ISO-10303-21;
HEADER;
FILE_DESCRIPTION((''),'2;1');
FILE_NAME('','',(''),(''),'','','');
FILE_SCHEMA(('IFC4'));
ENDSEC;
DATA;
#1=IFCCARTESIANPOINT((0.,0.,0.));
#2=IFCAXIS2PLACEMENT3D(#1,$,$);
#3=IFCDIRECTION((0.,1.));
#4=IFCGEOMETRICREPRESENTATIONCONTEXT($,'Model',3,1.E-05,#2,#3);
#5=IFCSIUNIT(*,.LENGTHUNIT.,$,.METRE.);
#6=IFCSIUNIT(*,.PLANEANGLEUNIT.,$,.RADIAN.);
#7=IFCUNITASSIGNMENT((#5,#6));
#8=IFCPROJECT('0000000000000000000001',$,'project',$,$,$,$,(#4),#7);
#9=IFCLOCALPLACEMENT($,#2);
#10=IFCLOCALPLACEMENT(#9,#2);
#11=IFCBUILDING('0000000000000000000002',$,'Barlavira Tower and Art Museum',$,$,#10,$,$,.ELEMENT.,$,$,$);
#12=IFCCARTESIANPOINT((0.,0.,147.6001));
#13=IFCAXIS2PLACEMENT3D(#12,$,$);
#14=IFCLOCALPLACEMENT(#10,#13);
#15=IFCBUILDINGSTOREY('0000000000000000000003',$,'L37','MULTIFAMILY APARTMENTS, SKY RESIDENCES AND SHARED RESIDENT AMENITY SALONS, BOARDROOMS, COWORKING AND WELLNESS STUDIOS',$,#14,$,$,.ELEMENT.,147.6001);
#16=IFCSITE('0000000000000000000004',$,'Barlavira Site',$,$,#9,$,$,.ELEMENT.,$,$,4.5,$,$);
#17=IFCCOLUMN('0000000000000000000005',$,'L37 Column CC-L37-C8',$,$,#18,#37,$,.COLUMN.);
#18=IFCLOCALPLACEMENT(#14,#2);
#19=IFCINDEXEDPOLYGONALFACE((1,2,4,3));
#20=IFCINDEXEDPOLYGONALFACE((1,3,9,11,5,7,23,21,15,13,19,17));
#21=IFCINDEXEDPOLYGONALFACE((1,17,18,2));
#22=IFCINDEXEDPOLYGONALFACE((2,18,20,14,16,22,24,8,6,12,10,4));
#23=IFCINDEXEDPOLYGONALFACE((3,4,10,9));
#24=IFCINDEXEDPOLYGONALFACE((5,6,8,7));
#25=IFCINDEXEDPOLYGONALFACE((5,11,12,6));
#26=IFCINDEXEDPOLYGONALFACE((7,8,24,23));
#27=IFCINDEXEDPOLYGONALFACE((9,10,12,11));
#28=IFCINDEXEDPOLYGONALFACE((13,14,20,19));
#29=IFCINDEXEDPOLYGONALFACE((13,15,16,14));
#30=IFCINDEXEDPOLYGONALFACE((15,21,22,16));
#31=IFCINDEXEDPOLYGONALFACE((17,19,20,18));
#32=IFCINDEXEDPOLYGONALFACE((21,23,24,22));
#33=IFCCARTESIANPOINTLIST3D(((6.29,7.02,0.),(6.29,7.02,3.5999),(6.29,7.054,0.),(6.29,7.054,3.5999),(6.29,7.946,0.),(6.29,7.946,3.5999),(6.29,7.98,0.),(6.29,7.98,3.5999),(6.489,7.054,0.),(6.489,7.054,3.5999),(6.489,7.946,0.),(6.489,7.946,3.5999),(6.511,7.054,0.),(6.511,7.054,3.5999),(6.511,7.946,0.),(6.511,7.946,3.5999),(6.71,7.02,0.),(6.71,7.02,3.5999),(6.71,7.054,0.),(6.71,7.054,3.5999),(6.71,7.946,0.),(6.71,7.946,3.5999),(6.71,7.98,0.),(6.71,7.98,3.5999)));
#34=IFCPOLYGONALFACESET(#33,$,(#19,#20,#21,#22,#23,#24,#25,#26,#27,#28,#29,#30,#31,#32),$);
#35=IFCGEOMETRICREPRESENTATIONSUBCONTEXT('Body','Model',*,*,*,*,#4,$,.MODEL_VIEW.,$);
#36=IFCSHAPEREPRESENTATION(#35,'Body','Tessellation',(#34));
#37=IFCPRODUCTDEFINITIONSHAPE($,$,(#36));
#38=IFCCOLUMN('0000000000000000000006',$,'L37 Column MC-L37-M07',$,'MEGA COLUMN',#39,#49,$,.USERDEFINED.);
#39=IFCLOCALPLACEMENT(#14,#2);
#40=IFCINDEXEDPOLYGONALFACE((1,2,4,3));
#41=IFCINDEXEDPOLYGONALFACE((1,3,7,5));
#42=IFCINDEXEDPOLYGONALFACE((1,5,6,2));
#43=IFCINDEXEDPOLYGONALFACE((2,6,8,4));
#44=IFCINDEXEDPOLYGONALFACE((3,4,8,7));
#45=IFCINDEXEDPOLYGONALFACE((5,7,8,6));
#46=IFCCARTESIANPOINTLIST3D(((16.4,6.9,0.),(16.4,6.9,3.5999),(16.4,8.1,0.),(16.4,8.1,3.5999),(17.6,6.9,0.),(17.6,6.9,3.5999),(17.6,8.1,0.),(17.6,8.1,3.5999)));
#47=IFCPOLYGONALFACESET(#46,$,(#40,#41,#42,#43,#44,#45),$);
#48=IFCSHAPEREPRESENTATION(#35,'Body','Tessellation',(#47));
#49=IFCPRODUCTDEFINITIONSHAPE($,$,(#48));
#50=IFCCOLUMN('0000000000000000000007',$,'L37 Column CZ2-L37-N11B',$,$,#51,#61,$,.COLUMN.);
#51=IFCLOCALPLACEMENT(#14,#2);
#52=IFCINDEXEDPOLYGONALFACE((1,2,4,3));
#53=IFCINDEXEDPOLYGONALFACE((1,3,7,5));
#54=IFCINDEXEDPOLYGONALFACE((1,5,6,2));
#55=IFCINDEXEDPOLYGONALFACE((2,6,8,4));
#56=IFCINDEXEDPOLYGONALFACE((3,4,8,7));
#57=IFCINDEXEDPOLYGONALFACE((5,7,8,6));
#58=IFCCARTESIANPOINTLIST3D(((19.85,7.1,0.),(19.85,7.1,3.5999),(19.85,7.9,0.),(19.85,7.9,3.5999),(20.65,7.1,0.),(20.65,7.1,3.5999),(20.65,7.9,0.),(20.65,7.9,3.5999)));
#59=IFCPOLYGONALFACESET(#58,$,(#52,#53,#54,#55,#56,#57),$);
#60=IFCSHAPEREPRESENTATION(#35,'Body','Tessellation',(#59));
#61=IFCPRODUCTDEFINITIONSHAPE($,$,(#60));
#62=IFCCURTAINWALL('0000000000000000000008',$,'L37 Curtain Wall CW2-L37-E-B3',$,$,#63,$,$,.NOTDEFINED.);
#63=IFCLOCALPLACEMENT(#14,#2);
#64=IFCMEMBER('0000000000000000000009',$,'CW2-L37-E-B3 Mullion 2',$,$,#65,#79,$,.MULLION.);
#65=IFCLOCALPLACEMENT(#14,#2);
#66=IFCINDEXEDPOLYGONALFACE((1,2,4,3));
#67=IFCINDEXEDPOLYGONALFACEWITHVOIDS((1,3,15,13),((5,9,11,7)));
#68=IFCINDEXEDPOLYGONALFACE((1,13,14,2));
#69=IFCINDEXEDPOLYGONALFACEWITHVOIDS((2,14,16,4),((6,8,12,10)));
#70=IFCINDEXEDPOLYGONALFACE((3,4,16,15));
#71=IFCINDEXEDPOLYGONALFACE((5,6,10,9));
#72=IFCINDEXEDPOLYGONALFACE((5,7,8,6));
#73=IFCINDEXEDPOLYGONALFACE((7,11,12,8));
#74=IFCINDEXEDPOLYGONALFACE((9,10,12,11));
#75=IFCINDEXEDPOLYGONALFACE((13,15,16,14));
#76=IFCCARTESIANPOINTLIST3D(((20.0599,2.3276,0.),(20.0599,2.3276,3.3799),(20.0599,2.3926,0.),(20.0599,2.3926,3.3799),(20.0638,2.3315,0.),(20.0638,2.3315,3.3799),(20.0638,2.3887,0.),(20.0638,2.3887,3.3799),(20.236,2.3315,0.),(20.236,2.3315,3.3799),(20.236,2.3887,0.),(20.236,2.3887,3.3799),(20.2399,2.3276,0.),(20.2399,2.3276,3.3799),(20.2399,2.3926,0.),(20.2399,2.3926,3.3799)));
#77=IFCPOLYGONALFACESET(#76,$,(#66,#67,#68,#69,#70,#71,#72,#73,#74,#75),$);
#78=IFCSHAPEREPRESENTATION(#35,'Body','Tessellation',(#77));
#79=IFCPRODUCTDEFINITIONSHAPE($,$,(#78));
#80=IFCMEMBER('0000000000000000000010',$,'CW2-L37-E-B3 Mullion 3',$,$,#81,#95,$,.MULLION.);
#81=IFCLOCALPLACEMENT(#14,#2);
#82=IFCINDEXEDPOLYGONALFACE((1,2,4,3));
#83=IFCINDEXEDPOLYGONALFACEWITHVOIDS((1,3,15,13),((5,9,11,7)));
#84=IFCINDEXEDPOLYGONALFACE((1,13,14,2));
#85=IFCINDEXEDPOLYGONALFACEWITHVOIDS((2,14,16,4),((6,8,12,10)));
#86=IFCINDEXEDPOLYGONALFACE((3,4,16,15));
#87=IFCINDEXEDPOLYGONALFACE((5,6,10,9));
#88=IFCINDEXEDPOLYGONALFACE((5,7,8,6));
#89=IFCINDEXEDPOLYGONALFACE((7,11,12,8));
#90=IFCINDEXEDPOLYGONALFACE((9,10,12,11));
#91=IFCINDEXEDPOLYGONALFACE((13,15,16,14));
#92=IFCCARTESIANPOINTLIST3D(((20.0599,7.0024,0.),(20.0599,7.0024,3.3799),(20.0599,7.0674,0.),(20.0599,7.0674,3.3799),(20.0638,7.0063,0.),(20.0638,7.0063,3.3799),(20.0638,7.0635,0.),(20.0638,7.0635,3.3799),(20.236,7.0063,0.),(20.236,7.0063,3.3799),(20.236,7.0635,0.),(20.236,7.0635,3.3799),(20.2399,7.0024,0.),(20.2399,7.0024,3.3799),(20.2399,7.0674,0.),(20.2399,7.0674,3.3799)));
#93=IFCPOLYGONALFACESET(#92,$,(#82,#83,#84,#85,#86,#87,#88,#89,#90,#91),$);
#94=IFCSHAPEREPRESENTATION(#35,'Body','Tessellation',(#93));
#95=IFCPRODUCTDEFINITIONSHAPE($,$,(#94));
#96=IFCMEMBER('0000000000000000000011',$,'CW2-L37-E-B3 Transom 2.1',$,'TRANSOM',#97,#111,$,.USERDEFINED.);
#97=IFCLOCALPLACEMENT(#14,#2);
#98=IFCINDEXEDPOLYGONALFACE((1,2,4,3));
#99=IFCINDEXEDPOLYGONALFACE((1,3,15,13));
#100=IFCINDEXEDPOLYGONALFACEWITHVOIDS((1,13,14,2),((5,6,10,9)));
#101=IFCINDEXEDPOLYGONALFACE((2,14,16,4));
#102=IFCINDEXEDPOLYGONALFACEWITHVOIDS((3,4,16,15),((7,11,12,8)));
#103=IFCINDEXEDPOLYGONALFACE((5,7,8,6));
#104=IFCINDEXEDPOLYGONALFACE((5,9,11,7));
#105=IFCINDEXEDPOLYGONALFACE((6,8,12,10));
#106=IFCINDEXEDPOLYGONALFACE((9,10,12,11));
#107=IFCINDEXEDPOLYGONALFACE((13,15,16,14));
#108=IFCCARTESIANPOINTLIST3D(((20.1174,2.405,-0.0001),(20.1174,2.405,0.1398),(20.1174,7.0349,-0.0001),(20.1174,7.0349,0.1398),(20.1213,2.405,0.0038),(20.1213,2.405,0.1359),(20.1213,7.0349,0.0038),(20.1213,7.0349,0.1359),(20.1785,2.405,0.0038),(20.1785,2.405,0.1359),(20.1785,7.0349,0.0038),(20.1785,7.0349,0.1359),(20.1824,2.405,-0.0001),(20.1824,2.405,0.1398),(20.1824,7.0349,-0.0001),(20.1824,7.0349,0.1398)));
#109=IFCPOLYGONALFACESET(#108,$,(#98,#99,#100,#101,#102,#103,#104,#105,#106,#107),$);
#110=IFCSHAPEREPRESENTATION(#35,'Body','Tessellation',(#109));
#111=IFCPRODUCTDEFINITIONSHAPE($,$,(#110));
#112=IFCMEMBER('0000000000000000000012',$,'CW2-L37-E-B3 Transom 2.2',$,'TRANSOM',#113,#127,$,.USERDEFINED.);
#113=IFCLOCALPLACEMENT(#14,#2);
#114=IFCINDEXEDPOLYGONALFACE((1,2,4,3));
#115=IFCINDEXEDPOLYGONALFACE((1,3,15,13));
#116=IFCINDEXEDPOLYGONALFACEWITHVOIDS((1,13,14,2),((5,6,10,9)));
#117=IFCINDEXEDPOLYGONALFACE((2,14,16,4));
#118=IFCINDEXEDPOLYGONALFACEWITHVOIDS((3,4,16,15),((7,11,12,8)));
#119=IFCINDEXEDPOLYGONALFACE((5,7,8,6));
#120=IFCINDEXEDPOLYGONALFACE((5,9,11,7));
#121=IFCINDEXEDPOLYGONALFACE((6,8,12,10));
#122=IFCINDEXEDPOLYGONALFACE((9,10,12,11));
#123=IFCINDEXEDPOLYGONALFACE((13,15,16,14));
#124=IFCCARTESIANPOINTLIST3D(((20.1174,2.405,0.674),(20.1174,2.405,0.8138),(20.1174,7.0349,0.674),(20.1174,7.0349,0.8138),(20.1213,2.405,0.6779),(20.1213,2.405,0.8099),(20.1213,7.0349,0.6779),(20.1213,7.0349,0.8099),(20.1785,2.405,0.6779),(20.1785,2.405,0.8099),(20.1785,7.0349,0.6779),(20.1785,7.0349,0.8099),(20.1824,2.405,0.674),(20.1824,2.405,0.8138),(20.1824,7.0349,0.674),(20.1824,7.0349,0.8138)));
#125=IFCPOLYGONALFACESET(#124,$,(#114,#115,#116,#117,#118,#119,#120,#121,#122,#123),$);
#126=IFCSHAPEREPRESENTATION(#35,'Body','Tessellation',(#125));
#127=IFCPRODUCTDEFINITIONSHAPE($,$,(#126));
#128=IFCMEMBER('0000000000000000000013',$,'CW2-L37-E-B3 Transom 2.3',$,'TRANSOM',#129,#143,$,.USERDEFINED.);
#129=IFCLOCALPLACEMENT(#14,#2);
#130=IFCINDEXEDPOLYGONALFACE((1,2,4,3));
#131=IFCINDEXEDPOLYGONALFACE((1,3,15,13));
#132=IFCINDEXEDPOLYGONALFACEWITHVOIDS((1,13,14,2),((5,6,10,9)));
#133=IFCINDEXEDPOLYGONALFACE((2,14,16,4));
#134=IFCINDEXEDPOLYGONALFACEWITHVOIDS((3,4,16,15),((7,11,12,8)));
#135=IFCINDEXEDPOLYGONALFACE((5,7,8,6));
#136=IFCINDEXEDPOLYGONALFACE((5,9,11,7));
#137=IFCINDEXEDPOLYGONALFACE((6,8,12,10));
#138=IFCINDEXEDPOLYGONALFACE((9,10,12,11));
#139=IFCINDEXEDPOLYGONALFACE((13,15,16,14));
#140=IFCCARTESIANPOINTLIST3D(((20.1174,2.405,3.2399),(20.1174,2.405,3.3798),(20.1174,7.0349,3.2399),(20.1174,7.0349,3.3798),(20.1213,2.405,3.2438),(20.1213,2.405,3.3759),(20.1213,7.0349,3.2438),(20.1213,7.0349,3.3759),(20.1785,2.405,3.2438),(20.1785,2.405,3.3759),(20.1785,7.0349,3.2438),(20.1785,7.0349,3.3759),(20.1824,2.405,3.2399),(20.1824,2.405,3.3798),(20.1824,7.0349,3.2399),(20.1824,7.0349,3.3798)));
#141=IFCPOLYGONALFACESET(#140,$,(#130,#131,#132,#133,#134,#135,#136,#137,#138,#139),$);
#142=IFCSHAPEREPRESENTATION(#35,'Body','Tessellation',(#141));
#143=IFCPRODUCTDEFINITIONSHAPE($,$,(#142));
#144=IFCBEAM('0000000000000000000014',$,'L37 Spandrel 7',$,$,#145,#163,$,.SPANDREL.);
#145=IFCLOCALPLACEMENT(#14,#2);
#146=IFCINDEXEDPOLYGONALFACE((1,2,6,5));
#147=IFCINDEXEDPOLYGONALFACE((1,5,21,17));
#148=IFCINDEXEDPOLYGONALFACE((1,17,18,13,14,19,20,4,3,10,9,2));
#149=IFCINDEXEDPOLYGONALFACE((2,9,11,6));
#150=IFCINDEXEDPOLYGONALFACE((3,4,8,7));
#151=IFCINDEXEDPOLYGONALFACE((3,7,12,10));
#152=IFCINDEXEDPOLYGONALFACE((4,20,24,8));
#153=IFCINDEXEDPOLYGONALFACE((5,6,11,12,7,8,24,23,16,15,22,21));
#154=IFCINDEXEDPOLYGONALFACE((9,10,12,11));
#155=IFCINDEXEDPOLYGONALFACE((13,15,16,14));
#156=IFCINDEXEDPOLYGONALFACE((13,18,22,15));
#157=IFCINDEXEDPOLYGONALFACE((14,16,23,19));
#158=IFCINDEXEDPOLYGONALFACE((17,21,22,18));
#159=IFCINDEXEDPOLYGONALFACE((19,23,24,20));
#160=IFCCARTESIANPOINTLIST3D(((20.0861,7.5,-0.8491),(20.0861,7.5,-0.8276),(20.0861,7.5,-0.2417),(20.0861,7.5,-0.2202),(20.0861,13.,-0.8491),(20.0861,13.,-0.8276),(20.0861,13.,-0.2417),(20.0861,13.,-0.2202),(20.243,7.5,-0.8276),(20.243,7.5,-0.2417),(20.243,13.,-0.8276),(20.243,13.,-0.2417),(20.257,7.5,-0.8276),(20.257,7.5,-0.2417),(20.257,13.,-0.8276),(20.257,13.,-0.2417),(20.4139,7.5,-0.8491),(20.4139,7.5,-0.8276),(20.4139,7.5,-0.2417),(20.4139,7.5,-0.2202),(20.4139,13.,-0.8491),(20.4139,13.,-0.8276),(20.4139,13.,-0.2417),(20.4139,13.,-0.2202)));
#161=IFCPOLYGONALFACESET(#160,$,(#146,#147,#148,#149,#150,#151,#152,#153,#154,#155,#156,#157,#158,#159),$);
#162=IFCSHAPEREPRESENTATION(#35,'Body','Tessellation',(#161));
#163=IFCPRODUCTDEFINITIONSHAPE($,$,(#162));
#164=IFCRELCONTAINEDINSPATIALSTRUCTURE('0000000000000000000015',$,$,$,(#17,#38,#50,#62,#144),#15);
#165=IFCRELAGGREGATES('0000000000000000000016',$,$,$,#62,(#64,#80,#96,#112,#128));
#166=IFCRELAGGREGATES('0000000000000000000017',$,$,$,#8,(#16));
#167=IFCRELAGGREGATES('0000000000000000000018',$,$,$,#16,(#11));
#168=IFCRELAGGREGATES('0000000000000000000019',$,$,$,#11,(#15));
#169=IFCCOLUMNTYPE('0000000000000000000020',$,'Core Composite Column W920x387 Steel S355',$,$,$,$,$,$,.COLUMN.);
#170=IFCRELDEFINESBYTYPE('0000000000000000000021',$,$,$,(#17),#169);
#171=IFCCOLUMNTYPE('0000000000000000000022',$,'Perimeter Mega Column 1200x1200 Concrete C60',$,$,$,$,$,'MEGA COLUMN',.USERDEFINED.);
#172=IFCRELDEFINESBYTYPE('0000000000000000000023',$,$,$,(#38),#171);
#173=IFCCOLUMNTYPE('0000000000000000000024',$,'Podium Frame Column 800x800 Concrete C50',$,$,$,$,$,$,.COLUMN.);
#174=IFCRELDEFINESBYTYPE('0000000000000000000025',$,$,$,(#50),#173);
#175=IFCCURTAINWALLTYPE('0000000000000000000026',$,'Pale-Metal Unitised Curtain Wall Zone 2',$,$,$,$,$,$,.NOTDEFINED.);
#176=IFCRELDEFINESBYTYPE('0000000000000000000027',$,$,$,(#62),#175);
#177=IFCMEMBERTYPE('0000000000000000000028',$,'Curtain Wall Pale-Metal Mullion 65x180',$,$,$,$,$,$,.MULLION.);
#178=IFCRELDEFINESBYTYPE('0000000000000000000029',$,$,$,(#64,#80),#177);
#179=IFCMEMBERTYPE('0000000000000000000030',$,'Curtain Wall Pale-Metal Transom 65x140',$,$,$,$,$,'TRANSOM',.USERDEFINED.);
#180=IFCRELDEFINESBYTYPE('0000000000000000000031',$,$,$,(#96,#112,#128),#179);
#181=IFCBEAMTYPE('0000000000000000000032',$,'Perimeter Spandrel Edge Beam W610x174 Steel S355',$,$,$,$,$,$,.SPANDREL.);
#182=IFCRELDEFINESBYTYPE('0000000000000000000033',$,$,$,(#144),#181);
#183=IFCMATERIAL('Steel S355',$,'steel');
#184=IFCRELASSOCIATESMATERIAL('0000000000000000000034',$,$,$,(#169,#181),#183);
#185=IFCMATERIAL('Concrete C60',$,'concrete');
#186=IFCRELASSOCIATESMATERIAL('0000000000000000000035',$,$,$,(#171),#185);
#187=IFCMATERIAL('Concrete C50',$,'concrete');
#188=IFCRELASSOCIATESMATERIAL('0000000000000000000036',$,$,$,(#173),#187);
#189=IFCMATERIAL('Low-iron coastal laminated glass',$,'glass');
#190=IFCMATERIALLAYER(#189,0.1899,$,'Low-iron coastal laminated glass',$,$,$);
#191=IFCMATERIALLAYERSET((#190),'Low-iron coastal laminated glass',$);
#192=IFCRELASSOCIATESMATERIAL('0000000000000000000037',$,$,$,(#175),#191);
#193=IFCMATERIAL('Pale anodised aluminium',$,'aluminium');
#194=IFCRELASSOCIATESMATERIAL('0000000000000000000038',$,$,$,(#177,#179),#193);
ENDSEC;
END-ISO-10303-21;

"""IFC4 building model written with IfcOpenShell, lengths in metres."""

from ifc_helpers import new_model, si_unit, direction, frame, origin, origin_2d, place, context, subcontext, project, spatial, rectangle, hollow_rectangle, i_section, extrude, material, layer, layer_set, material_profile, profile_set, type_object, element, aggregate, save


model = new_model("IFC4")

# Units and contexts
model_context = context("Model", 3, precision=1e-05, world=origin(), true_north=direction((0.0, 1.0)))
body_context = subcontext(model_context, "Body", "Model", "MODEL_VIEW")
ifc_project = project(units=[si_unit("LENGTHUNIT", "METRE"), si_unit("PLANEANGLEUNIT", "RADIAN")], contexts=[model_context])

# Site, building, storey
site_placement = place(None, origin())
site = spatial("IfcSite", under=ifc_project, at=site_placement, Name="Barlavira Site", CompositionType="ELEMENT", RefElevation=4.5)
building_placement = place(site_placement, origin())
building = spatial("IfcBuilding", under=site, at=building_placement, Name="Barlavira Tower and Art Museum", CompositionType="ELEMENT")
storey_placement = place(building_placement, frame((0.0, 0.0, 147.6001)))
storey = spatial("IfcBuildingStorey", under=building, at=storey_placement, Name="L37", Description="MULTIFAMILY APARTMENTS, SKY RESIDENCES AND SHARED RESIDENT AMENITY SALONS, BOARDROOMS, COWORKING AND WELLNESS STUDIOS", CompositionType="ELEMENT", Elevation=147.6001)

# Columns
ifc_material_1 = material(Name="Steel S355", Category="steel")
ifc_material_profile_1 = material_profile(ifc_material_1, i_section(OverallWidth=0.4199, OverallDepth=0.96, WebThickness=0.022, FlangeThickness=0.0339, at=origin_2d()), Name="W920x387.0")
ifc_profile_set_1 = profile_set([ifc_material_profile_1], Name="Steel S355")
column_type_1 = type_object("IfcColumnType", Name="Core Composite Column W920x387 Steel S355", PredefinedType="COLUMN", material=ifc_profile_set_1)
column_1_placement = place(storey_placement, frame((6.5, 7.5, 0.0), z_axis=(0.0, 0.0, 1.0), x_axis=(1.0, 0.0, 0.0)))
element("IfcColumn", 1, at=column_1_placement, inside=storey, type_object=column_type_1, Name="L37 Column CC-L37-C8", PredefinedType="COLUMN", context=body_context, shape_type="SweptSolid", body=[
    extrude(i_section(OverallWidth=0.4199, OverallDepth=0.96, WebThickness=0.022, FlangeThickness=0.0339, at=origin_2d()), origin(), (0.0, 0.0, 1.0), 3.5999),
])
ifc_material_2 = material(Name="Concrete C60", Category="concrete")
ifc_material_profile_2 = material_profile(ifc_material_2, rectangle(XDim=1.2, YDim=1.2, at=origin_2d()), Name="RC-COL 1200x1200")
ifc_profile_set_2 = profile_set([ifc_material_profile_2], Name="Concrete C60")
column_type_2 = type_object("IfcColumnType", Name="Perimeter Mega Column 1200x1200 Concrete C60", ElementType="MEGA COLUMN", PredefinedType="USERDEFINED", material=ifc_profile_set_2)
column_2_placement = place(storey_placement, frame((17.0, 7.5, 0.0), z_axis=(0.0, 0.0, 1.0), x_axis=(1.0, 0.0, 0.0)))
element("IfcColumn", 2, at=column_2_placement, inside=storey, type_object=column_type_2, Name="L37 Column MC-L37-M07", ObjectType="MEGA COLUMN", PredefinedType="USERDEFINED", context=body_context, shape_type="SweptSolid", body=[
    extrude(rectangle(XDim=1.2, YDim=1.2, at=origin_2d()), origin(), (0.0, 0.0, 1.0), 3.5999),
])
ifc_material_3 = material(Name="Concrete C50", Category="concrete")
ifc_material_profile_3 = material_profile(ifc_material_3, rectangle(XDim=0.8, YDim=0.8, at=origin_2d()), Name="RC-COL 800x800")
ifc_profile_set_3 = profile_set([ifc_material_profile_3], Name="Concrete C50")
column_type_3 = type_object("IfcColumnType", Name="Podium Frame Column 800x800 Concrete C50", PredefinedType="COLUMN", material=ifc_profile_set_3)
column_3_placement = place(storey_placement, frame((20.25, 7.5, 0.0), z_axis=(0.0, 0.0, 1.0), x_axis=(1.0, 0.0, 0.0)))
element("IfcColumn", 3, at=column_3_placement, inside=storey, type_object=column_type_3, Name="L37 Column CZ2-L37-N11B", PredefinedType="COLUMN", context=body_context, shape_type="SweptSolid", body=[
    extrude(rectangle(XDim=0.8, YDim=0.8, at=origin_2d()), origin(), (0.0, 0.0, 1.0), 3.5999),
])

# Curtain wall, members
ifc_material_4 = material(Name="Low-iron coastal laminated glass", Category="glass")
ifc_layer_1 = layer(ifc_material_4, 0.1899, Name="Low-iron coastal laminated glass")
ifc_layer_set_1 = layer_set([ifc_layer_1], Name="Low-iron coastal laminated glass")
curtain_wall_type = type_object("IfcCurtainWallType", Name="Pale-Metal Unitised Curtain Wall Zone 2", PredefinedType="NOTDEFINED", material=ifc_layer_set_1)
curtain_wall_placement = place(storey_placement, origin())
curtain_wall = element("IfcCurtainWall", 4, at=curtain_wall_placement, inside=storey, type_object=curtain_wall_type, Name="L37 Curtain Wall CW2-L37-E-B3", PredefinedType="NOTDEFINED")
ifc_material_5 = material(Name="Pale anodised aluminium", Category="aluminium")
ifc_material_profile_4 = material_profile(ifc_material_5, hollow_rectangle(XDim=0.0649, YDim=0.1799, WallThickness=0.0039, at=origin_2d()), Name="ALU-MULL 65x180x4")
ifc_profile_set_4 = profile_set([ifc_material_profile_4], Name="Pale anodised aluminium")
member_type_1 = type_object("IfcMemberType", Name="Curtain Wall Pale-Metal Mullion 65x180", PredefinedType="MULLION", material=ifc_profile_set_4)
member_1_placement = place(storey_placement, frame((20.1499, 2.3601, 0.0), z_axis=(0.0, 0.0, 1.0), x_axis=(0.0, 1.0, 0.0)))
member_1 = element("IfcMember", 5, at=member_1_placement, type_object=member_type_1, Name="CW2-L37-E-B3 Mullion 2", PredefinedType="MULLION", context=body_context, shape_type="SweptSolid", body=[
    extrude(hollow_rectangle(XDim=0.0649, YDim=0.1799, WallThickness=0.0039, at=origin_2d()), origin(), (0.0, 0.0, 1.0), 3.3799),
])
member_2_placement = place(storey_placement, frame((20.1499, 7.0349, 0.0), z_axis=(0.0, 0.0, 1.0), x_axis=(0.0, 1.0, 0.0)))
member_2 = element("IfcMember", 6, at=member_2_placement, type_object=member_type_1, Name="CW2-L37-E-B3 Mullion 3", PredefinedType="MULLION", context=body_context, shape_type="SweptSolid", body=[
    extrude(hollow_rectangle(XDim=0.0649, YDim=0.1799, WallThickness=0.0039, at=origin_2d()), origin(), (0.0, 0.0, 1.0), 3.3799),
])
ifc_material_profile_5 = material_profile(ifc_material_5, hollow_rectangle(XDim=0.0649, YDim=0.1399, WallThickness=0.0039, at=origin_2d()), Name="ALU-TRAN 65x140x4")
ifc_profile_set_5 = profile_set([ifc_material_profile_5], Name="Pale anodised aluminium")
member_type_2 = type_object("IfcMemberType", Name="Curtain Wall Pale-Metal Transom 65x140", ElementType="TRANSOM", PredefinedType="USERDEFINED", material=ifc_profile_set_5)
member_3_placement = place(storey_placement, frame((20.1499, 2.405, 0.0698), z_axis=(0.0, 1.0, 0.0), x_axis=(-1.0, 0.0, 0.0)))
member_3 = element("IfcMember", 7, at=member_3_placement, type_object=member_type_2, Name="CW2-L37-E-B3 Transom 2.1", ObjectType="TRANSOM", PredefinedType="USERDEFINED", context=body_context, shape_type="SweptSolid", body=[
    extrude(hollow_rectangle(XDim=0.0649, YDim=0.1399, WallThickness=0.0039, at=origin_2d()), origin(), (0.0, 0.0, 1.0), 4.6299),
])
member_4_placement = place(storey_placement, frame((20.1499, 2.405, 0.7439), z_axis=(0.0, 1.0, 0.0), x_axis=(-1.0, 0.0, 0.0)))
member_4 = element("IfcMember", 8, at=member_4_placement, type_object=member_type_2, Name="CW2-L37-E-B3 Transom 2.2", ObjectType="TRANSOM", PredefinedType="USERDEFINED", context=body_context, shape_type="SweptSolid", body=[
    extrude(hollow_rectangle(XDim=0.0649, YDim=0.1399, WallThickness=0.0039, at=origin_2d()), origin(), (0.0, 0.0, 1.0), 4.6299),
])
member_5_placement = place(storey_placement, frame((20.1499, 2.405, 3.3098), z_axis=(0.0, 1.0, 0.0), x_axis=(-1.0, 0.0, 0.0)))
member_5 = element("IfcMember", 9, at=member_5_placement, type_object=member_type_2, Name="CW2-L37-E-B3 Transom 2.3", ObjectType="TRANSOM", PredefinedType="USERDEFINED", context=body_context, shape_type="SweptSolid", body=[
    extrude(hollow_rectangle(XDim=0.0649, YDim=0.1399, WallThickness=0.0039, at=origin_2d()), origin(), (0.0, 0.0, 1.0), 4.6299),
])

# Beam
ifc_material_profile_6 = material_profile(ifc_material_1, i_section(OverallWidth=0.3279, OverallDepth=0.6289, WebThickness=0.0139, FlangeThickness=0.0215, at=origin_2d()), Name="W610x174.0")
ifc_profile_set_6 = profile_set([ifc_material_profile_6], Name="Steel S355")
beam_type_1 = type_object("IfcBeamType", Name="Perimeter Spandrel Edge Beam W610x174 Steel S355", PredefinedType="SPANDREL", material=ifc_profile_set_6)
beam_1_placement = place(storey_placement, frame((20.25, 7.5, -0.5347), z_axis=(0.0, 1.0, 0.0), x_axis=(-1.0, 0.0, 0.0)))
element("IfcBeam", 10, at=beam_1_placement, inside=storey, type_object=beam_type_1, Name="L37 Spandrel 7", PredefinedType="SPANDREL", context=body_context, shape_type="SweptSolid", body=[
    extrude(i_section(OverallWidth=0.3279, OverallDepth=0.6289, WebThickness=0.0139, FlangeThickness=0.0215, at=origin_2d()), origin(), (0.0, 0.0, 1.0), 5.5),
])

aggregate(curtain_wall, [member_1, member_2, member_3, member_4, member_5])

save(model, "model.ifc")
